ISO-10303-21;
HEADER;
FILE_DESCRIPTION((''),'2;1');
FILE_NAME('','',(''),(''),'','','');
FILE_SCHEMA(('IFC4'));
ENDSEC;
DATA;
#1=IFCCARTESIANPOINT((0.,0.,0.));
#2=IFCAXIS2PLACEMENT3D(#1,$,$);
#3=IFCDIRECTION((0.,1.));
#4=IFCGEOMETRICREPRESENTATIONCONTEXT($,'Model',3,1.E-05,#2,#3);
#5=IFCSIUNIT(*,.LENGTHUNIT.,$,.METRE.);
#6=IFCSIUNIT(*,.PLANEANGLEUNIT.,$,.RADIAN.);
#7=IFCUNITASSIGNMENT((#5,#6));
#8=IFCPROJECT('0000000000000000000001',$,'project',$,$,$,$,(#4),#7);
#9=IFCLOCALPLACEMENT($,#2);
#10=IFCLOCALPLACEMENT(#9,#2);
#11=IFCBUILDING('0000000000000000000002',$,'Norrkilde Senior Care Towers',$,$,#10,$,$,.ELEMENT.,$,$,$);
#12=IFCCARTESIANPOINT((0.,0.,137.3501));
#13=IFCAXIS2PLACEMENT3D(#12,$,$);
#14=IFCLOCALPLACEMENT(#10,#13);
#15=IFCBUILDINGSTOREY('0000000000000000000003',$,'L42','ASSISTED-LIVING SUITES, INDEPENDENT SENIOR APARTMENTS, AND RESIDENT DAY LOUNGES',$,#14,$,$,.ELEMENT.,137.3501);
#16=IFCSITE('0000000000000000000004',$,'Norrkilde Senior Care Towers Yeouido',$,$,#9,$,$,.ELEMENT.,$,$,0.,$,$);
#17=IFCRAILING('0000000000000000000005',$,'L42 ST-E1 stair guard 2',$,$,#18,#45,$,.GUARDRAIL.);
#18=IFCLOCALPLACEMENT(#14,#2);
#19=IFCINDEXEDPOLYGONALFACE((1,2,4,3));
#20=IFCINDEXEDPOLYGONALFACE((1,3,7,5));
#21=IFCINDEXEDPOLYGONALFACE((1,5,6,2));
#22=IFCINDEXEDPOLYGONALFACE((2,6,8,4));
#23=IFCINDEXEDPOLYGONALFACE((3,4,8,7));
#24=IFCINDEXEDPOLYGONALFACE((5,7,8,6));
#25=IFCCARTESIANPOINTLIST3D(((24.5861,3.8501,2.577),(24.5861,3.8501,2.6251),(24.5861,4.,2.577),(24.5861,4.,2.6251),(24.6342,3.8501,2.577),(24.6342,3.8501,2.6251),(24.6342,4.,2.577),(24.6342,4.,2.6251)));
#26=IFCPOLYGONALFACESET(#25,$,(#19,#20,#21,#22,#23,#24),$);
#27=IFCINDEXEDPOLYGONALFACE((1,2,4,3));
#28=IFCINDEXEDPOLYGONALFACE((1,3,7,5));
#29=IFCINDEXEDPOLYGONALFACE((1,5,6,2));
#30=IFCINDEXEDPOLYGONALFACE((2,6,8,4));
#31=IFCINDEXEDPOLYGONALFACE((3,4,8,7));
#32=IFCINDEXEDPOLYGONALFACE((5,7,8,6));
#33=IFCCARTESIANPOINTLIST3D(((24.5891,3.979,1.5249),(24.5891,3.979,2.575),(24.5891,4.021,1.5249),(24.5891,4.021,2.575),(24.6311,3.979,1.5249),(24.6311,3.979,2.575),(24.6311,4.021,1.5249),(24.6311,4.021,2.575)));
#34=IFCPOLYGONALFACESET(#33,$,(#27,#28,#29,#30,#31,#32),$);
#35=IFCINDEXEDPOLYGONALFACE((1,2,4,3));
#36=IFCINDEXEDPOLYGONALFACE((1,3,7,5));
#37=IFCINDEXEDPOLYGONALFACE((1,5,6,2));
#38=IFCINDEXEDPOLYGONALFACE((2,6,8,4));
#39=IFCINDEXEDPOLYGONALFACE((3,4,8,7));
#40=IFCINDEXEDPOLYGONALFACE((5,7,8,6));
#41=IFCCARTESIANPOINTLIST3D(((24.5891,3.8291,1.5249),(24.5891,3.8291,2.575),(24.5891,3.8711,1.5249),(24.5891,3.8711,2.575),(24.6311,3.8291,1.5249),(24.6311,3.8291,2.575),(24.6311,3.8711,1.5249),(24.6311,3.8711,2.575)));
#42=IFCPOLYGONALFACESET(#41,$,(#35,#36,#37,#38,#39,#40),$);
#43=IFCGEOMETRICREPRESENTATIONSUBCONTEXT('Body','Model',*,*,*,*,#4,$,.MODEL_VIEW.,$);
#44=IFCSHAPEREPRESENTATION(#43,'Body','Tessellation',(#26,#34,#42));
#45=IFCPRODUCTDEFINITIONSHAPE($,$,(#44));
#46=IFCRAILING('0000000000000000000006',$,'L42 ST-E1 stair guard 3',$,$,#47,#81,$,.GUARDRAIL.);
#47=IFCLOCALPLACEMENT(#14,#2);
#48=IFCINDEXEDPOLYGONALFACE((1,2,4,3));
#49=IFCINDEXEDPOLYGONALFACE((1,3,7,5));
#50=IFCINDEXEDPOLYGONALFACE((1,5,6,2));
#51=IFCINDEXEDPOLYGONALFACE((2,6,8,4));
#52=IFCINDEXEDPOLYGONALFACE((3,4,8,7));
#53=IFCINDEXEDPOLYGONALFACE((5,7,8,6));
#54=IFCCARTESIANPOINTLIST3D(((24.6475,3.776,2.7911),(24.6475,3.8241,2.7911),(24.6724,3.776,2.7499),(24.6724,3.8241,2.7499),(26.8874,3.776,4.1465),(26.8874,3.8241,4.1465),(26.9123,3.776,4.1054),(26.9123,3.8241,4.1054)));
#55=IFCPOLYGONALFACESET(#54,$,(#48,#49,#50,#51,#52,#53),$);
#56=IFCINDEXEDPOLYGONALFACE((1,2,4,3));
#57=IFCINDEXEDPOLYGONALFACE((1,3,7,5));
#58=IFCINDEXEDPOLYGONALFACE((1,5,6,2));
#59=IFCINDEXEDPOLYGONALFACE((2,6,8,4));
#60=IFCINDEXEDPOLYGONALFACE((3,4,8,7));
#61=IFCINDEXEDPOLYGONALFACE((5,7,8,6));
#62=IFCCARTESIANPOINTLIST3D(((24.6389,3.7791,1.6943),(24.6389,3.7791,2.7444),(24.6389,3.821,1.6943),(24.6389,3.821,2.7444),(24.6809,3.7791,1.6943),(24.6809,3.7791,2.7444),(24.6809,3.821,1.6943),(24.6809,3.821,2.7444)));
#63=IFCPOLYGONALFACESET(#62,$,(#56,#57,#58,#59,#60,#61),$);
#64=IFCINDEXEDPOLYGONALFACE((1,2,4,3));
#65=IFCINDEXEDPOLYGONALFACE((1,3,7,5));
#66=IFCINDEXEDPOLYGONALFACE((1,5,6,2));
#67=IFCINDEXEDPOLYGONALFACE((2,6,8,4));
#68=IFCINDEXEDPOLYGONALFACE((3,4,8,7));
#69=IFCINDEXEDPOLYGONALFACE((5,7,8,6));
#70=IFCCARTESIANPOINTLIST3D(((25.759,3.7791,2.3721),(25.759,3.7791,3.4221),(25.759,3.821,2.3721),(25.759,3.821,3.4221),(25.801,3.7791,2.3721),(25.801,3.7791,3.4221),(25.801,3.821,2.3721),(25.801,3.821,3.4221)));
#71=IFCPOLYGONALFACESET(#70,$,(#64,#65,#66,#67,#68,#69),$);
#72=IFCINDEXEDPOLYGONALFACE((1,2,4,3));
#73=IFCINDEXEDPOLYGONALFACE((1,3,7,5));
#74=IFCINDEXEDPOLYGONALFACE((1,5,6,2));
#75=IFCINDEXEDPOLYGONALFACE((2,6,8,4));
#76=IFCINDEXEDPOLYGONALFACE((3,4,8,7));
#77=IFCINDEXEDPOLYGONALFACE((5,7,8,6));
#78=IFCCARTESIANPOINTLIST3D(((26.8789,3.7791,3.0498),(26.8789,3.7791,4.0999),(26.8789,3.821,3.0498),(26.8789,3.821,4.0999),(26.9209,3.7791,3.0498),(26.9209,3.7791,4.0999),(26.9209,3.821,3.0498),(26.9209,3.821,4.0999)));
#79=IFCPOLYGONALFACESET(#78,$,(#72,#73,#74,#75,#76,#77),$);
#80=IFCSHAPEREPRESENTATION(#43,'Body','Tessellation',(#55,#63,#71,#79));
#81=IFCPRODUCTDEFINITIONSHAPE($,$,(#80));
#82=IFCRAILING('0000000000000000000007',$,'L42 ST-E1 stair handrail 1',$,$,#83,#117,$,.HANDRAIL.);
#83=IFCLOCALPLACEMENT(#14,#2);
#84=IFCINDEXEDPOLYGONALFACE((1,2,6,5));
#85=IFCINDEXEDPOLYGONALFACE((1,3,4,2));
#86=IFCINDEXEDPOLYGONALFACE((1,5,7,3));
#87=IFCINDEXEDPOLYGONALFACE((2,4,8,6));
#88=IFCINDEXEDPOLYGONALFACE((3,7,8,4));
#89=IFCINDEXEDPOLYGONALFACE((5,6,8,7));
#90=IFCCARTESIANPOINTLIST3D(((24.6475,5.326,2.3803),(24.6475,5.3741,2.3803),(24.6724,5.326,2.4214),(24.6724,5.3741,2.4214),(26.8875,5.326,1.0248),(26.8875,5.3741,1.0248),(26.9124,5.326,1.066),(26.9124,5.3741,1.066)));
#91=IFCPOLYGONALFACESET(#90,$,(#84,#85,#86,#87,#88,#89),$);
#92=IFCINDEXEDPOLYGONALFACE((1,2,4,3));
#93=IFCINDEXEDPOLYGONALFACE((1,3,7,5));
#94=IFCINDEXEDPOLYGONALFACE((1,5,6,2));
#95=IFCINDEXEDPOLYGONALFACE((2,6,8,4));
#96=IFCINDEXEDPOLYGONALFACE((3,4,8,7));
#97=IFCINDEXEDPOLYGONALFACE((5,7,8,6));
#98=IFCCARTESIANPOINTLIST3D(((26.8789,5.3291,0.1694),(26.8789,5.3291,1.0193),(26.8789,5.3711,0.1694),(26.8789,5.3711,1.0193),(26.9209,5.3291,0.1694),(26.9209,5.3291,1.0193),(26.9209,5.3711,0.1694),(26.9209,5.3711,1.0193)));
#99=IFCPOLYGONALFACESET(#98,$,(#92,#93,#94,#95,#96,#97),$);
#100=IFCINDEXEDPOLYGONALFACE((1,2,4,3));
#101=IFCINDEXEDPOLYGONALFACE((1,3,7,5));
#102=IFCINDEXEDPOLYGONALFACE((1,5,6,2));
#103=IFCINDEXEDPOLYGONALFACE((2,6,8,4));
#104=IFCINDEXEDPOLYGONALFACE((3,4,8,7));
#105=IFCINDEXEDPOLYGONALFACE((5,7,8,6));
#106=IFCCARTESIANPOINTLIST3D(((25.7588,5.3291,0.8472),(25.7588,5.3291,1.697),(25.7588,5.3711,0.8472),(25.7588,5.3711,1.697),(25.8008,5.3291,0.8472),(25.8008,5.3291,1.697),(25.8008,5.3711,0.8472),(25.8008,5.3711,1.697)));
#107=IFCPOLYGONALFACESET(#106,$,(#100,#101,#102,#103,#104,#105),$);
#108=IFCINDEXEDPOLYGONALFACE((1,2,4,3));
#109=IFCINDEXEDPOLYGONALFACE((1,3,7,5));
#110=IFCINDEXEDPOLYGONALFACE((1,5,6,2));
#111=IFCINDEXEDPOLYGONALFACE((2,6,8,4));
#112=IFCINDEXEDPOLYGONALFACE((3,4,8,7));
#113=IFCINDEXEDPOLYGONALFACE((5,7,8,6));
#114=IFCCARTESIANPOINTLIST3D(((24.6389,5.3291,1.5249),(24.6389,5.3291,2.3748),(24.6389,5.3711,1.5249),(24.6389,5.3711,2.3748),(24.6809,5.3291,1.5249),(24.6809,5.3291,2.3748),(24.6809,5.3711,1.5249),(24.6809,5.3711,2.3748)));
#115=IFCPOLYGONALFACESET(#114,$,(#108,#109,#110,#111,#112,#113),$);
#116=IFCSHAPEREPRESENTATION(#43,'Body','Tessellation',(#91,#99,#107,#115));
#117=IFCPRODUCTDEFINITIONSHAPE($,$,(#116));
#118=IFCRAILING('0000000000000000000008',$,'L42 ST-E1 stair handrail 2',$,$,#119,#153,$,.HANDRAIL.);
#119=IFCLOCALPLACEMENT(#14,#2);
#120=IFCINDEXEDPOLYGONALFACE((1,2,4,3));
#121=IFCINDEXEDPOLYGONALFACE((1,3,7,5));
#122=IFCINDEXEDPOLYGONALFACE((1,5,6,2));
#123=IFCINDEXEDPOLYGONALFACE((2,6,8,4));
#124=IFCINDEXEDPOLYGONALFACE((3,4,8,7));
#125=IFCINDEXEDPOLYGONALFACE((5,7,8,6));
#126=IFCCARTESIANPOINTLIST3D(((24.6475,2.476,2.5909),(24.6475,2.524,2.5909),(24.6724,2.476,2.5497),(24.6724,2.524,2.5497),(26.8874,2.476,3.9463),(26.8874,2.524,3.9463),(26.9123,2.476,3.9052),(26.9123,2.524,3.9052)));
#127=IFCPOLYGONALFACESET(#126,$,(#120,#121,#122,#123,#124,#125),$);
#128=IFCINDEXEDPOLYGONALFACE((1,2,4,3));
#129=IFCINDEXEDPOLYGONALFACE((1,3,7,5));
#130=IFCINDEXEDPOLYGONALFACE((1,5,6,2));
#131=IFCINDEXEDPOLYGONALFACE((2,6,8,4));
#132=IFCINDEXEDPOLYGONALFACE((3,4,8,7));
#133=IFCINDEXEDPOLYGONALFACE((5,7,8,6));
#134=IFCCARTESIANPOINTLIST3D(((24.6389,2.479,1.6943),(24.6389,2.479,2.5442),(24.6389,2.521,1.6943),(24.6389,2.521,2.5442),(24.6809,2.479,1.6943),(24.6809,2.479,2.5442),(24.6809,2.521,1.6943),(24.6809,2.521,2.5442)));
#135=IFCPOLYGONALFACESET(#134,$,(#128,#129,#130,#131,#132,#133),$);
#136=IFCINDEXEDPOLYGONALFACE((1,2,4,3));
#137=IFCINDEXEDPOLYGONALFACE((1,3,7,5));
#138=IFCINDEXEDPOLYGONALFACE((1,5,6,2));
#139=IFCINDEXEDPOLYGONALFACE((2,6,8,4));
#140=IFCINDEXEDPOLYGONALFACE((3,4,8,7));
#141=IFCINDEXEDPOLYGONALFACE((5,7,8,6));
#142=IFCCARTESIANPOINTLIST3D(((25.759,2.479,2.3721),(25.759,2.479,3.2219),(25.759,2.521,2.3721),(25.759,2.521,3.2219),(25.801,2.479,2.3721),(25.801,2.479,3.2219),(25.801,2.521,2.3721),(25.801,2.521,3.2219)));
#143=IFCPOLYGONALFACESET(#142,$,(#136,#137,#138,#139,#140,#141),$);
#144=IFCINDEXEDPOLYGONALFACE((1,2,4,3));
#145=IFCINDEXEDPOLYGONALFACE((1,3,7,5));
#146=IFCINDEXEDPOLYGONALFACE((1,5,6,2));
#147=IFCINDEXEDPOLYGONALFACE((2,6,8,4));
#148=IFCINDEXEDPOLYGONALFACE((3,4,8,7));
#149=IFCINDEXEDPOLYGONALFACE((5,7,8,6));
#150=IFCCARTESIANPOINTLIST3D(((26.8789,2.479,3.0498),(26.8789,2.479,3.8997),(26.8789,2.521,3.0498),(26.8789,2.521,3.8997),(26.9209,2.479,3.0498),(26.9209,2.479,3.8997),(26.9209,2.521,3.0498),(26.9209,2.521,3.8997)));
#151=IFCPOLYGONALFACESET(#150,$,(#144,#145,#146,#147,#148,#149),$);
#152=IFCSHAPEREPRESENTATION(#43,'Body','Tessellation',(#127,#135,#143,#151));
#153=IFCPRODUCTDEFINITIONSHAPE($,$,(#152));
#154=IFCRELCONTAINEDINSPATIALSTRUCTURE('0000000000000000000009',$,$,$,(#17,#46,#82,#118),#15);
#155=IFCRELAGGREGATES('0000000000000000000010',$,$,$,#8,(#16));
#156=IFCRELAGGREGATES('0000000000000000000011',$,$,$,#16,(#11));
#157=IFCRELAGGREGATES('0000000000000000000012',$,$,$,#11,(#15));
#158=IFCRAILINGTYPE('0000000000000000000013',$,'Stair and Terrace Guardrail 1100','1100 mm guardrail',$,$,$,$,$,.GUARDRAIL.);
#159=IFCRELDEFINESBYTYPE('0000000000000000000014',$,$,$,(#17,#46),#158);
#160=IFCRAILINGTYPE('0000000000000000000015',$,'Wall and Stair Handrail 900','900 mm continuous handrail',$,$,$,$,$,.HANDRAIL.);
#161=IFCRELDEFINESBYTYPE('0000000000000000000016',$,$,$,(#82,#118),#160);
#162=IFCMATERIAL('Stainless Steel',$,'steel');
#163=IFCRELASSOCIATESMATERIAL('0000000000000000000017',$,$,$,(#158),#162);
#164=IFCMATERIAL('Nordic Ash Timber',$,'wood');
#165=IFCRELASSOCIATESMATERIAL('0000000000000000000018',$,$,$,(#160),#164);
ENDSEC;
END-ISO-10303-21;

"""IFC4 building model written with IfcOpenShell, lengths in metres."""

from ifc_helpers import new_model, si_unit, direction, frame, origin, origin_2d, place, context, subcontext, project, spatial, rectangle, extrude, material, type_object, element, save


model = new_model("IFC4")

# Units and contexts
model_context = context("Model", 3, precision=1e-05, world=origin(), true_north=direction((0.0, 1.0)))
body_context = subcontext(model_context, "Body", "Model", "MODEL_VIEW")
ifc_project = project(units=[si_unit("LENGTHUNIT", "METRE"), si_unit("PLANEANGLEUNIT", "RADIAN")], contexts=[model_context])

# Site, building, storey
site_placement = place(None, origin())
site = spatial("IfcSite", under=ifc_project, at=site_placement, Name="Norrkilde Senior Care Towers Yeouido", CompositionType="ELEMENT", RefElevation=0.0)
building_placement = place(site_placement, origin())
building = spatial("IfcBuilding", under=site, at=building_placement, Name="Norrkilde Senior Care Towers", CompositionType="ELEMENT")
storey_placement = place(building_placement, frame((0.0, 0.0, 137.3501)))
storey = spatial("IfcBuildingStorey", under=building, at=storey_placement, Name="L42", Description="ASSISTED-LIVING SUITES, INDEPENDENT SENIOR APARTMENTS, AND RESIDENT DAY LOUNGES", CompositionType="ELEMENT", Elevation=137.3501)

# Railings
ifc_material_1 = material(Name="Stainless Steel", Category="steel")
railing_type_1 = type_object("IfcRailingType", Name="Stair and Terrace Guardrail 1100", Description="1100 mm guardrail", PredefinedType="GUARDRAIL", material=ifc_material_1)
railing_1_placement = place(storey_placement, frame((24.6101, 4.0, 1.5249)))
element("IfcRailing", 1, at=railing_1_placement, inside=storey, type_object=railing_type_1, Name="L42 ST-E1 stair guard 2", PredefinedType="GUARDRAIL", context=body_context, shape_type="SweptSolid", body=[
    extrude(rectangle(XDim=0.0481, YDim=0.0481, at=origin_2d()), frame((0.0, 0.0, 1.0762), z_axis=(0.0, -1.0, 0.0), x_axis=(1.0, 0.0, 0.0)), (0.0, 0.0, 1.0), 0.1499),
    extrude(rectangle(XDim=0.042, YDim=0.042, at=origin_2d()), origin(), (0.0, 0.0, 1.0), 1.05),
    extrude(rectangle(XDim=0.042, YDim=0.042, at=origin_2d()), frame((0.0, -0.1499, 0.0)), (0.0, 0.0, 1.0), 1.05),
])
railing_2_placement = place(storey_placement, frame((24.6599, 3.8, 1.6943)))
element("IfcRailing", 2, at=railing_2_placement, inside=storey, type_object=railing_type_1, Name="L42 ST-E1 stair guard 3", PredefinedType="GUARDRAIL", context=body_context, shape_type="SweptSolid", body=[
    extrude(rectangle(XDim=0.0481, YDim=0.0481, at=origin_2d()), frame((0.0, 0.0, 1.0762), z_axis=(0.855553, 0.0, 0.517715), x_axis=(0.0, 1.0, 0.0)), (0.0, 0.0, 1.0), 2.6182),
    extrude(rectangle(XDim=0.042, YDim=0.042, at=origin_2d()), origin(), (0.0, 0.0, 1.0), 1.05),
    extrude(rectangle(XDim=0.042, YDim=0.042, at=origin_2d()), frame((1.1201, 0.0, 0.6777)), (0.0, 0.0, 1.0), 1.05),
    extrude(rectangle(XDim=0.042, YDim=0.042, at=origin_2d()), frame((2.24, 0.0, 1.3555)), (0.0, 0.0, 1.0), 1.05),
])
ifc_material_2 = material(Name="Nordic Ash Timber", Category="wood")
railing_type_2 = type_object("IfcRailingType", Name="Wall and Stair Handrail 900", Description="900 mm continuous handrail", PredefinedType="HANDRAIL", material=ifc_material_2)
railing_3_placement = place(storey_placement, frame((26.8999, 5.3501, 0.1694)))
element("IfcRailing", 3, at=railing_3_placement, inside=storey, type_object=railing_type_2, Name="L42 ST-E1 stair handrail 1", PredefinedType="HANDRAIL", context=body_context, shape_type="SweptSolid", body=[
    extrude(rectangle(XDim=0.0481, YDim=0.0481, at=origin_2d()), frame((0.0, 0.0, 0.876), z_axis=(-0.855553, 0.0, 0.517715), x_axis=(0.0, -1.0, 0.0)), (0.0, 0.0, 1.0), 2.6182),
    extrude(rectangle(XDim=0.042, YDim=0.042, at=origin_2d()), origin(), (0.0, 0.0, 1.0), 0.8499),
    extrude(rectangle(XDim=0.042, YDim=0.042, at=origin_2d()), frame((-1.1201, 0.0, 0.6777)), (0.0, 0.0, 1.0), 0.8499),
    extrude(rectangle(XDim=0.042, YDim=0.042, at=origin_2d()), frame((-2.24, 0.0, 1.3555)), (0.0, 0.0, 1.0), 0.8499),
])
railing_4_placement = place(storey_placement, frame((24.6599, 2.5, 1.6943)))
element("IfcRailing", 4, at=railing_4_placement, inside=storey, type_object=railing_type_2, Name="L42 ST-E1 stair handrail 2", PredefinedType="HANDRAIL", context=body_context, shape_type="SweptSolid", body=[
    extrude(rectangle(XDim=0.0481, YDim=0.0481, at=origin_2d()), frame((0.0, 0.0, 0.876), z_axis=(0.855553, 0.0, 0.517715), x_axis=(0.0, 1.0, 0.0)), (0.0, 0.0, 1.0), 2.6182),
    extrude(rectangle(XDim=0.042, YDim=0.042, at=origin_2d()), origin(), (0.0, 0.0, 1.0), 0.8499),
    extrude(rectangle(XDim=0.042, YDim=0.042, at=origin_2d()), frame((1.1201, 0.0, 0.6777)), (0.0, 0.0, 1.0), 0.8499),
    extrude(rectangle(XDim=0.042, YDim=0.042, at=origin_2d()), frame((2.24, 0.0, 1.3555)), (0.0, 0.0, 1.0), 0.8499),
])

save(model, "model.ifc")
